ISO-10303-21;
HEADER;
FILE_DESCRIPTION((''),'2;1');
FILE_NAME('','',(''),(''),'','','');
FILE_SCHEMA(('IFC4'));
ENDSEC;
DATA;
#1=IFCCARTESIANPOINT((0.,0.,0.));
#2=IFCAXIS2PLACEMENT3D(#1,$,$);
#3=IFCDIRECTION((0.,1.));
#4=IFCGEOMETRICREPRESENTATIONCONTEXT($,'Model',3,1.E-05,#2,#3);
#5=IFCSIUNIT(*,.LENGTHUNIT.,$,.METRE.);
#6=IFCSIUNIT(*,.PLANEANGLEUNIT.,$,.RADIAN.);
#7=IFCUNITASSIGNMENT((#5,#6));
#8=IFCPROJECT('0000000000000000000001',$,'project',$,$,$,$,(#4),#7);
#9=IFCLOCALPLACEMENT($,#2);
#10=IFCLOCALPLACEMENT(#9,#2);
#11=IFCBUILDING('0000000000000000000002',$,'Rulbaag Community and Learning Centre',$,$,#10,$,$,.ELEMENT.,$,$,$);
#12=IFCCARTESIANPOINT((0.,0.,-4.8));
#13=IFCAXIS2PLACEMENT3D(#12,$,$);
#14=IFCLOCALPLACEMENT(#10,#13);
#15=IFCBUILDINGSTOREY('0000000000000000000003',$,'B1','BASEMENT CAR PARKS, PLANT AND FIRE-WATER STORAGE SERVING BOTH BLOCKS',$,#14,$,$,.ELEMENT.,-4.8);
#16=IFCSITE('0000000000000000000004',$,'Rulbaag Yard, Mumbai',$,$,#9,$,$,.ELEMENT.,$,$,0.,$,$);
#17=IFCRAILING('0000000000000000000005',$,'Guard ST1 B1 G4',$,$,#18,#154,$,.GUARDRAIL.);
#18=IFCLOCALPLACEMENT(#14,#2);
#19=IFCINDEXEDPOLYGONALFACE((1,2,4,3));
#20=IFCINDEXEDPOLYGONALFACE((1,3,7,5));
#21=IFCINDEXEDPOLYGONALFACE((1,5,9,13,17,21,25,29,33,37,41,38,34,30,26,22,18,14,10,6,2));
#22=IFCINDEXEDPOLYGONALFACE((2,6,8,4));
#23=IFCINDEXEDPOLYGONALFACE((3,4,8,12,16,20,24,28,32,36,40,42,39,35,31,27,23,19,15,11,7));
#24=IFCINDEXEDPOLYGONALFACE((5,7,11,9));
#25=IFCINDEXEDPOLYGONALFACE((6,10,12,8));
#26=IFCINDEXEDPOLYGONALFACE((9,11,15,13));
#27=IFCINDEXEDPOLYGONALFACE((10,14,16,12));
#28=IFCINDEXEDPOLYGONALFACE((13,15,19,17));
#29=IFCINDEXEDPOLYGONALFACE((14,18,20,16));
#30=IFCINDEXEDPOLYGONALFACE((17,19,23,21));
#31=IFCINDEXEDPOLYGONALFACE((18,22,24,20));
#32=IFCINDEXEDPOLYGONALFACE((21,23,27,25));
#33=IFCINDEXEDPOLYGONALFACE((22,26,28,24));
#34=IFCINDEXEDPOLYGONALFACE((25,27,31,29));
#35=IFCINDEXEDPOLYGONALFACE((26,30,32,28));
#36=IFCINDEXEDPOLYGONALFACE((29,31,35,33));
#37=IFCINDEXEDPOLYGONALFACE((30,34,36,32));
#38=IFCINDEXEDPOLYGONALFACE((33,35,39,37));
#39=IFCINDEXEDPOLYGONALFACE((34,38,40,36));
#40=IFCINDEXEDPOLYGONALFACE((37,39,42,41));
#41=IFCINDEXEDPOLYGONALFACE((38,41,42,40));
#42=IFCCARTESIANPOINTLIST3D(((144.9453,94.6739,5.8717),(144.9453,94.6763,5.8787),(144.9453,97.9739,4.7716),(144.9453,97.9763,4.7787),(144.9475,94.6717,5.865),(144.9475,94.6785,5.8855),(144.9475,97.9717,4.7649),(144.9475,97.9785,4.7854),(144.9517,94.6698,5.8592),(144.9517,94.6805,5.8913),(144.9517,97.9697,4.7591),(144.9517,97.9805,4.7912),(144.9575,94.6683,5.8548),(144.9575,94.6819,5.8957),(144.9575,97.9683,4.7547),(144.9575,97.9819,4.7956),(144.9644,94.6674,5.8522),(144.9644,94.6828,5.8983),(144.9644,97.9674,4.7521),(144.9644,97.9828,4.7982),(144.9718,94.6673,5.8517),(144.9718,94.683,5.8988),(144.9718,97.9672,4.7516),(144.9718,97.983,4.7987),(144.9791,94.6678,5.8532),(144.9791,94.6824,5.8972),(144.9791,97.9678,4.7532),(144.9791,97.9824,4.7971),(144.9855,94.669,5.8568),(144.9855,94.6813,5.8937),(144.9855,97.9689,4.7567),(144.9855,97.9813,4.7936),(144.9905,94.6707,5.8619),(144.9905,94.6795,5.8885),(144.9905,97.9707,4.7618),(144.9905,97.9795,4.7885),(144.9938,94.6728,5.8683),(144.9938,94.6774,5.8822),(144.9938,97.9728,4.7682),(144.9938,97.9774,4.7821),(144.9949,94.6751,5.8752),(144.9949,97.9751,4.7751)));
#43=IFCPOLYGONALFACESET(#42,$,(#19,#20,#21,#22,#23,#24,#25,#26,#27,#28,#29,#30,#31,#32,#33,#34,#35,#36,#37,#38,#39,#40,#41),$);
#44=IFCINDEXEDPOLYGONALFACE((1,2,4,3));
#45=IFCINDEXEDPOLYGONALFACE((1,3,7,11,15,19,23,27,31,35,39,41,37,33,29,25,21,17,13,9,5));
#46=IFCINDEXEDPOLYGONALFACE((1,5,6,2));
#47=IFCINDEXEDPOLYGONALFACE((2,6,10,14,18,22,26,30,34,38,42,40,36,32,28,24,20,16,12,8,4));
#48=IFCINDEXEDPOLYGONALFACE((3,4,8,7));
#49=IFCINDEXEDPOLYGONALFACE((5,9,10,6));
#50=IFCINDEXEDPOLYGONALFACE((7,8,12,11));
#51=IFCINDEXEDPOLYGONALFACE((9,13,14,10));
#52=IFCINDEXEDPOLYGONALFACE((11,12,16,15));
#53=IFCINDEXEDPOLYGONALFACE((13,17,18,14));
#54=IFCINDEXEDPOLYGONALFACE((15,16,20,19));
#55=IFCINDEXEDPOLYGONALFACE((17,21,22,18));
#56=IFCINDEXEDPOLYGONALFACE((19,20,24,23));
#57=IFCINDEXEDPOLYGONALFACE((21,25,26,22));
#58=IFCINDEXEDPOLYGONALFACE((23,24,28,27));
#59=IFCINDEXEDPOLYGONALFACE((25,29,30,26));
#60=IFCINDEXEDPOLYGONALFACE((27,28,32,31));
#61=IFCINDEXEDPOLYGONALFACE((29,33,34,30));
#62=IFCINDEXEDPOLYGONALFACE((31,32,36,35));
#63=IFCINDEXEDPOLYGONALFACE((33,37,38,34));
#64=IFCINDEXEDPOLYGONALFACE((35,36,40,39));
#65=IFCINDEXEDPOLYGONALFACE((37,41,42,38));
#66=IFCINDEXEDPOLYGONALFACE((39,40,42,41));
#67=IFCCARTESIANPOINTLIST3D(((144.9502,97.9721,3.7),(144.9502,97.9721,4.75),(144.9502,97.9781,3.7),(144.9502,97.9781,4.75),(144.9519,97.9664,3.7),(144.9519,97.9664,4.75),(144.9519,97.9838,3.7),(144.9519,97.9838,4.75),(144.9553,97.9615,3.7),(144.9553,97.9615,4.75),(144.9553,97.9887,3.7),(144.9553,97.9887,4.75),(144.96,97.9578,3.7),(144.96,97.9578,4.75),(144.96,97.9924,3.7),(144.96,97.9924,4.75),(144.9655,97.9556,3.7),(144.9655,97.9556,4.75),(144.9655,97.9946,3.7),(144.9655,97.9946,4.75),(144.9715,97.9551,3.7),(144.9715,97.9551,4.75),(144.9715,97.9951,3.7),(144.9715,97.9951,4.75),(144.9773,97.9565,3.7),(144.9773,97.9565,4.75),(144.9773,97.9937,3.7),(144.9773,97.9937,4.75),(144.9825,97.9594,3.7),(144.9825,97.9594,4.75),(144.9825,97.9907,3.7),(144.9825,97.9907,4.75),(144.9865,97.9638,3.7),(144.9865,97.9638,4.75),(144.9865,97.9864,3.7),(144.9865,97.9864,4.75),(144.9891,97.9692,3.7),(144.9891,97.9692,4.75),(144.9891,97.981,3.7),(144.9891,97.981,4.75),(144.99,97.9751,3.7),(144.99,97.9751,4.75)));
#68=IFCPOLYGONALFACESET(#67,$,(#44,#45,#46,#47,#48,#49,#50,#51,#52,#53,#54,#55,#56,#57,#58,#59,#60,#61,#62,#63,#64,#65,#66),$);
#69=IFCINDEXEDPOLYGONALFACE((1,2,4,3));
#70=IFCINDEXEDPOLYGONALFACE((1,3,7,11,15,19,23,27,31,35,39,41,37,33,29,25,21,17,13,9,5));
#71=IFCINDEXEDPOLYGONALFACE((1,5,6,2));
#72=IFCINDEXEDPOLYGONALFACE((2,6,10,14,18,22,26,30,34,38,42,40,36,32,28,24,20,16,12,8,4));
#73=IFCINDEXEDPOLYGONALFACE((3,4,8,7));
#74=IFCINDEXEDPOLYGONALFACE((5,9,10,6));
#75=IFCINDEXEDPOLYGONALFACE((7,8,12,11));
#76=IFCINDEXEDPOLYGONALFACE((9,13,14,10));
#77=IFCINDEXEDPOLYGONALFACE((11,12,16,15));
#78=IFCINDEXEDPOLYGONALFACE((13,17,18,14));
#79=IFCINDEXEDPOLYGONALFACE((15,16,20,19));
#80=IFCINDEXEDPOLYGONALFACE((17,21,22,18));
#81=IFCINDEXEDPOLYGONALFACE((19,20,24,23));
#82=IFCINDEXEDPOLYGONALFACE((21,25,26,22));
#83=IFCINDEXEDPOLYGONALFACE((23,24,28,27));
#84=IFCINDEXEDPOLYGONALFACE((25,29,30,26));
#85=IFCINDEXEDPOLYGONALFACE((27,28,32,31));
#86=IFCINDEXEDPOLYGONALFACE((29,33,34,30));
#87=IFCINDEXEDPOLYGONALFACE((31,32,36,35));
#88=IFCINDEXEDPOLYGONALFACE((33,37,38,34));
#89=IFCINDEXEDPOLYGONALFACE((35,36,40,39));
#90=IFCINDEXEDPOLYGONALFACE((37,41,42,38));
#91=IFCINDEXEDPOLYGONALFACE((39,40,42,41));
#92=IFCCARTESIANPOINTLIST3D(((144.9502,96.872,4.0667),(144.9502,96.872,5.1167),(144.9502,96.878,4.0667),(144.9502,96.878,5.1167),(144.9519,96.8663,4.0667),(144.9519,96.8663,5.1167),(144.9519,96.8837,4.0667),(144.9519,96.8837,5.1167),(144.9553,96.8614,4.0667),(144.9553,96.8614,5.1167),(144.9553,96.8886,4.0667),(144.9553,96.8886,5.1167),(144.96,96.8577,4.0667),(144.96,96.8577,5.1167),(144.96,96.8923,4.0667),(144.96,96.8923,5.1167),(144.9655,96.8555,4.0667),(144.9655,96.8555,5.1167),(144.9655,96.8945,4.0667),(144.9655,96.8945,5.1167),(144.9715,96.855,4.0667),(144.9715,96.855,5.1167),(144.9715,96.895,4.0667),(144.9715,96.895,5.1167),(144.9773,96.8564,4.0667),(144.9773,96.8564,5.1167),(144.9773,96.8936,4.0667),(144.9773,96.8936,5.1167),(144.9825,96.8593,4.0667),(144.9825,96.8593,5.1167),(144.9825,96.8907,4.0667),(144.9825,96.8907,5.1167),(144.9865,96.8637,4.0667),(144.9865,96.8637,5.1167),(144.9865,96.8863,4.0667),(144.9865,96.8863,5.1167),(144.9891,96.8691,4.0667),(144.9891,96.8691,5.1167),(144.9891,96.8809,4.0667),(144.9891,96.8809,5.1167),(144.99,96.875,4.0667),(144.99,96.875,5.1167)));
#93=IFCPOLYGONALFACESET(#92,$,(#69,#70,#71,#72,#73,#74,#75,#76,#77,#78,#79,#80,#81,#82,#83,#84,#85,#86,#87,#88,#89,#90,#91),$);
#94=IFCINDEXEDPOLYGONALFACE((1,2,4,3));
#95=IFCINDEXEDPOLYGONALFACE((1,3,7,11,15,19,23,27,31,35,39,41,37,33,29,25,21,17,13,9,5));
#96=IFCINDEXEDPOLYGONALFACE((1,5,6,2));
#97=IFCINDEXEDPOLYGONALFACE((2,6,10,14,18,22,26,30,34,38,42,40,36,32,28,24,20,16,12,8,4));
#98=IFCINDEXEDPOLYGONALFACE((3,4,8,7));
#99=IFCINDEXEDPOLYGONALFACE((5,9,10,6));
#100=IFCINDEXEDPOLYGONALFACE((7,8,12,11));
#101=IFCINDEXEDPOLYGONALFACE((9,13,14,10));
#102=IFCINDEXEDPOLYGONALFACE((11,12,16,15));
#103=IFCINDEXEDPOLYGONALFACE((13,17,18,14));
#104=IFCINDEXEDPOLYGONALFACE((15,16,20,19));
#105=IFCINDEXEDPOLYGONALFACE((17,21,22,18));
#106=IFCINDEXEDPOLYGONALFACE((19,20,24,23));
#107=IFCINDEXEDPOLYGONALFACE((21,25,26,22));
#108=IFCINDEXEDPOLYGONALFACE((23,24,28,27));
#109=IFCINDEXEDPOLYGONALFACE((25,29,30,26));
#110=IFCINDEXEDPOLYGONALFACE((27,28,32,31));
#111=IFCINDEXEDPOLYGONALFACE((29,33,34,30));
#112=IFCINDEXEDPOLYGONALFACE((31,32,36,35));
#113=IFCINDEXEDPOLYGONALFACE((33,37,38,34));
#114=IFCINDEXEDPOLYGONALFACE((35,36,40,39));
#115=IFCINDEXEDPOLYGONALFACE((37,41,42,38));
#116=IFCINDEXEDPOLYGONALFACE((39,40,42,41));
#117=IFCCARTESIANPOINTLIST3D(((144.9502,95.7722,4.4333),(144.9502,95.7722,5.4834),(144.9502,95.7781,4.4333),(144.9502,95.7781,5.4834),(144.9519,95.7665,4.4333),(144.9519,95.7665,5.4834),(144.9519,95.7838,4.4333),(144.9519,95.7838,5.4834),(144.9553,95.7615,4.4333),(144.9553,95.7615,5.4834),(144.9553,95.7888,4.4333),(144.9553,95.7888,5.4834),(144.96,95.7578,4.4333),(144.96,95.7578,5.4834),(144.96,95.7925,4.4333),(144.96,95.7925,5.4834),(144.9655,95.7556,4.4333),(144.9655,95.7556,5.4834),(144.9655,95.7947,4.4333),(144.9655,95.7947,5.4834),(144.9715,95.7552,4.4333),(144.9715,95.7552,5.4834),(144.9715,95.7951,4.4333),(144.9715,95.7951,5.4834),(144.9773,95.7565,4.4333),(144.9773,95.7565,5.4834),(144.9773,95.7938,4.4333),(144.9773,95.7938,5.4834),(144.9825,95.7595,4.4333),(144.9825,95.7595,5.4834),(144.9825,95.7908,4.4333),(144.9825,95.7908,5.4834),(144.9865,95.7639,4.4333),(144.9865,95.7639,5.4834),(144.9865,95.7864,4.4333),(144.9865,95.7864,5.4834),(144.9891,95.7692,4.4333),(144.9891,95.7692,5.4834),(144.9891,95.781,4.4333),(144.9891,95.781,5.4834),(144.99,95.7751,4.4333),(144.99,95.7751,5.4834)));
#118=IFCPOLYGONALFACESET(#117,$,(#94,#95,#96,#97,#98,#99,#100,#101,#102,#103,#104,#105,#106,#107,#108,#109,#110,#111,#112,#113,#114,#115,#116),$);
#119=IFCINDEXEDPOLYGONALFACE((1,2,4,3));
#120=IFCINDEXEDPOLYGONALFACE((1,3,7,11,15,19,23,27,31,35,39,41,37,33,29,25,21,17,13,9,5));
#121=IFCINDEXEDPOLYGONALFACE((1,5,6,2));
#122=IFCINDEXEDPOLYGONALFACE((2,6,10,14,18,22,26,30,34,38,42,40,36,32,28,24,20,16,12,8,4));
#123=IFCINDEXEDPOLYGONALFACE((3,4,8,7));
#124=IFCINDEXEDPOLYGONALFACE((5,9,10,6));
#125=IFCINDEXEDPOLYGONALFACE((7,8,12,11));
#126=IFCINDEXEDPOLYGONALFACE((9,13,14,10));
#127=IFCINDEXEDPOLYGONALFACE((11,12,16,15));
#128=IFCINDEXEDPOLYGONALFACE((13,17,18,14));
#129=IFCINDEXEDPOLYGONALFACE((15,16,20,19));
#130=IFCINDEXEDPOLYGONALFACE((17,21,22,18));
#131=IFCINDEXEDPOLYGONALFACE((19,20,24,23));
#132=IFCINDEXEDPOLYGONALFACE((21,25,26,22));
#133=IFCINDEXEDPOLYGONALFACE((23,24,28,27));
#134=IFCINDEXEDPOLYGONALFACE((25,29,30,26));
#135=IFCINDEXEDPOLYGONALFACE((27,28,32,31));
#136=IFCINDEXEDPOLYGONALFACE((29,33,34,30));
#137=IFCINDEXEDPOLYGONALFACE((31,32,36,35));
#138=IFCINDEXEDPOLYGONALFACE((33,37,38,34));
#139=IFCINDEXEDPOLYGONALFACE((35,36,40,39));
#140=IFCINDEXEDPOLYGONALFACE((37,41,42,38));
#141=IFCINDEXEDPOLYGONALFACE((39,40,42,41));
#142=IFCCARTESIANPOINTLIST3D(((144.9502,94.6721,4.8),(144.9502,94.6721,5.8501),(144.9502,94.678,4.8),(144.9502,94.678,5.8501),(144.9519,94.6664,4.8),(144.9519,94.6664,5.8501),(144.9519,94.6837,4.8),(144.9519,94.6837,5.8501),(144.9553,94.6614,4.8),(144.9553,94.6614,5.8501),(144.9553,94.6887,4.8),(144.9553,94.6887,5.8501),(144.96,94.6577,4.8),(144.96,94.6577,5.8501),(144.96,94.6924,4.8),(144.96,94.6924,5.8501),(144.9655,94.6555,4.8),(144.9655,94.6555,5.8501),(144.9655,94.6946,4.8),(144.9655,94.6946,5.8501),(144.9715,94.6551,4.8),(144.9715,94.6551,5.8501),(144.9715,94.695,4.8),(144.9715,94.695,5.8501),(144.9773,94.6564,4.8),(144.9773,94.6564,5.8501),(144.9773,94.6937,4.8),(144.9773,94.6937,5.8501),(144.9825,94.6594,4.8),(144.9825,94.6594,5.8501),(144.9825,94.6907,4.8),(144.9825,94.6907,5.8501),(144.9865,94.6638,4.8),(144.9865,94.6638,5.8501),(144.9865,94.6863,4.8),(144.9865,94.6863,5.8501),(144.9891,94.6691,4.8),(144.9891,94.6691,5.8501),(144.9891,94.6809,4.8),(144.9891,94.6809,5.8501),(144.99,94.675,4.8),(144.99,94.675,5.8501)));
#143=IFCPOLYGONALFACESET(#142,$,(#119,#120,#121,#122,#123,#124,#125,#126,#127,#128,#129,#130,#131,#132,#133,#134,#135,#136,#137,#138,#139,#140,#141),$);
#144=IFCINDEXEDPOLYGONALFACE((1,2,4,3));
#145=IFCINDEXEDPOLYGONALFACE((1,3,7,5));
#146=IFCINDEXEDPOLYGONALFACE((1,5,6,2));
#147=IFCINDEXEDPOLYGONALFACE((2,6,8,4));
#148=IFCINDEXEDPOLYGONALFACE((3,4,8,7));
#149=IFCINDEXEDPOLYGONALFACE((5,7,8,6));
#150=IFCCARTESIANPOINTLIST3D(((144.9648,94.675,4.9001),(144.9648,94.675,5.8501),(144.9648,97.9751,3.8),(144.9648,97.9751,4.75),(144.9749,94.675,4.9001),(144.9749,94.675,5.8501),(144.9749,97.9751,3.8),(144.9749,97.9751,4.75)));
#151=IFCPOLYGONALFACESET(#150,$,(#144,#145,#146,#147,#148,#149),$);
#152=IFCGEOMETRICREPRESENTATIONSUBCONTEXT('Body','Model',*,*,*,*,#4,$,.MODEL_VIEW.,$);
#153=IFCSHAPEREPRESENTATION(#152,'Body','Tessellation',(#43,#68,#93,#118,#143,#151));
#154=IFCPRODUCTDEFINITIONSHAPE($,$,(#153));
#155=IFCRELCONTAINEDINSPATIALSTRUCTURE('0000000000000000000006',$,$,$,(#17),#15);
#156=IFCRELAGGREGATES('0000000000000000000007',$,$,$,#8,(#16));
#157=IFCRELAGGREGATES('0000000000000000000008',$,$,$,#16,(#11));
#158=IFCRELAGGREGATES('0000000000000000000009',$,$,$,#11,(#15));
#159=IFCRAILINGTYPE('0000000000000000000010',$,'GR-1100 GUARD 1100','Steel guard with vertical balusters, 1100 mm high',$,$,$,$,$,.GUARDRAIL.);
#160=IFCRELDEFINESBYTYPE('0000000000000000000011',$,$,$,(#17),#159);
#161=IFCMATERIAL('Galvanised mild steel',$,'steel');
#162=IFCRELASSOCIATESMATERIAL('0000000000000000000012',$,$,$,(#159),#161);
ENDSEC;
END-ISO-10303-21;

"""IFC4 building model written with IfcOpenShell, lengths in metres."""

from ifc_helpers import new_model, si_unit, direction, frame, origin, origin_2d, place, context, subcontext, project, spatial, polyline, circle, outline, extrude, material, type_object, element, save


model = new_model("IFC4")

# Units and contexts
model_context = context("Model", 3, precision=1e-05, world=origin(), true_north=direction((0.0, 1.0)))
body_context = subcontext(model_context, "Body", "Model", "MODEL_VIEW")
ifc_project = project(units=[si_unit("LENGTHUNIT", "METRE"), si_unit("PLANEANGLEUNIT", "RADIAN")], contexts=[model_context])

# Site, building, storey
site_placement = place(None, origin())
site = spatial("IfcSite", under=ifc_project, at=site_placement, Name="Rulbaag Yard, Mumbai", CompositionType="ELEMENT", RefElevation=0.0)
building_placement = place(site_placement, origin())
building = spatial("IfcBuilding", under=site, at=building_placement, Name="Rulbaag Community and Learning Centre", CompositionType="ELEMENT")
storey_placement = place(building_placement, frame((0.0, 0.0, -4.8)))
storey = spatial("IfcBuildingStorey", under=building, at=storey_placement, Name="B1", Description="BASEMENT CAR PARKS, PLANT AND FIRE-WATER STORAGE SERVING BOTH BLOCKS", CompositionType="ELEMENT", Elevation=-4.8)

# Railing
ifc_material_1 = material(Name="Galvanised mild steel", Category="steel")
railing_type_1 = type_object("IfcRailingType", Name="GR-1100 GUARD 1100", Description="Steel guard with vertical balusters, 1100 mm high", PredefinedType="GUARDRAIL", material=ifc_material_1)
railing_1_placement = place(storey_placement, frame((144.97, 97.9751, 3.7)))
element("IfcRailing", 1, at=railing_1_placement, inside=storey, type_object=railing_type_1, Name="Guard ST1 B1 G4", PredefinedType="GUARDRAIL", context=body_context, shape_type="SweptSolid", body=[
    extrude(circle(Radius=0.0249, at=origin_2d()), frame((0.0, 0.0, 1.0752), z_axis=(0.0, -0.948676, 0.316249), x_axis=(1.0, 0.0, 0.0)), (0.0, 0.0, 1.0), 3.4785),
    extrude(circle(Radius=0.02, at=origin_2d()), origin(), (0.0, 0.0, 1.0), 1.05),
    extrude(circle(Radius=0.02, at=origin_2d()), frame((0.0, -1.1001, 0.3667)), (0.0, 0.0, 1.0), 1.05),
    extrude(circle(Radius=0.02, at=origin_2d()), frame((0.0, -2.2, 0.7334)), (0.0, 0.0, 1.0), 1.05),
    extrude(circle(Radius=0.02, at=origin_2d()), frame((0.0, -3.3, 1.1001)), (0.0, 0.0, 1.0), 1.05),
    extrude(outline(polyline([(0.0, 0.0), (3.3, 1.1001), (3.3, 2.05), (0.0, 0.95), (0.0, 0.0)])), frame((0.0049, 0.0, 0.1001), z_axis=(-1.0, 0.0, 0.0), x_axis=(0.0, -1.0, 0.0)), (0.0, 0.0, 1.0), 0.01),
])

save(model, "model.ifc")
